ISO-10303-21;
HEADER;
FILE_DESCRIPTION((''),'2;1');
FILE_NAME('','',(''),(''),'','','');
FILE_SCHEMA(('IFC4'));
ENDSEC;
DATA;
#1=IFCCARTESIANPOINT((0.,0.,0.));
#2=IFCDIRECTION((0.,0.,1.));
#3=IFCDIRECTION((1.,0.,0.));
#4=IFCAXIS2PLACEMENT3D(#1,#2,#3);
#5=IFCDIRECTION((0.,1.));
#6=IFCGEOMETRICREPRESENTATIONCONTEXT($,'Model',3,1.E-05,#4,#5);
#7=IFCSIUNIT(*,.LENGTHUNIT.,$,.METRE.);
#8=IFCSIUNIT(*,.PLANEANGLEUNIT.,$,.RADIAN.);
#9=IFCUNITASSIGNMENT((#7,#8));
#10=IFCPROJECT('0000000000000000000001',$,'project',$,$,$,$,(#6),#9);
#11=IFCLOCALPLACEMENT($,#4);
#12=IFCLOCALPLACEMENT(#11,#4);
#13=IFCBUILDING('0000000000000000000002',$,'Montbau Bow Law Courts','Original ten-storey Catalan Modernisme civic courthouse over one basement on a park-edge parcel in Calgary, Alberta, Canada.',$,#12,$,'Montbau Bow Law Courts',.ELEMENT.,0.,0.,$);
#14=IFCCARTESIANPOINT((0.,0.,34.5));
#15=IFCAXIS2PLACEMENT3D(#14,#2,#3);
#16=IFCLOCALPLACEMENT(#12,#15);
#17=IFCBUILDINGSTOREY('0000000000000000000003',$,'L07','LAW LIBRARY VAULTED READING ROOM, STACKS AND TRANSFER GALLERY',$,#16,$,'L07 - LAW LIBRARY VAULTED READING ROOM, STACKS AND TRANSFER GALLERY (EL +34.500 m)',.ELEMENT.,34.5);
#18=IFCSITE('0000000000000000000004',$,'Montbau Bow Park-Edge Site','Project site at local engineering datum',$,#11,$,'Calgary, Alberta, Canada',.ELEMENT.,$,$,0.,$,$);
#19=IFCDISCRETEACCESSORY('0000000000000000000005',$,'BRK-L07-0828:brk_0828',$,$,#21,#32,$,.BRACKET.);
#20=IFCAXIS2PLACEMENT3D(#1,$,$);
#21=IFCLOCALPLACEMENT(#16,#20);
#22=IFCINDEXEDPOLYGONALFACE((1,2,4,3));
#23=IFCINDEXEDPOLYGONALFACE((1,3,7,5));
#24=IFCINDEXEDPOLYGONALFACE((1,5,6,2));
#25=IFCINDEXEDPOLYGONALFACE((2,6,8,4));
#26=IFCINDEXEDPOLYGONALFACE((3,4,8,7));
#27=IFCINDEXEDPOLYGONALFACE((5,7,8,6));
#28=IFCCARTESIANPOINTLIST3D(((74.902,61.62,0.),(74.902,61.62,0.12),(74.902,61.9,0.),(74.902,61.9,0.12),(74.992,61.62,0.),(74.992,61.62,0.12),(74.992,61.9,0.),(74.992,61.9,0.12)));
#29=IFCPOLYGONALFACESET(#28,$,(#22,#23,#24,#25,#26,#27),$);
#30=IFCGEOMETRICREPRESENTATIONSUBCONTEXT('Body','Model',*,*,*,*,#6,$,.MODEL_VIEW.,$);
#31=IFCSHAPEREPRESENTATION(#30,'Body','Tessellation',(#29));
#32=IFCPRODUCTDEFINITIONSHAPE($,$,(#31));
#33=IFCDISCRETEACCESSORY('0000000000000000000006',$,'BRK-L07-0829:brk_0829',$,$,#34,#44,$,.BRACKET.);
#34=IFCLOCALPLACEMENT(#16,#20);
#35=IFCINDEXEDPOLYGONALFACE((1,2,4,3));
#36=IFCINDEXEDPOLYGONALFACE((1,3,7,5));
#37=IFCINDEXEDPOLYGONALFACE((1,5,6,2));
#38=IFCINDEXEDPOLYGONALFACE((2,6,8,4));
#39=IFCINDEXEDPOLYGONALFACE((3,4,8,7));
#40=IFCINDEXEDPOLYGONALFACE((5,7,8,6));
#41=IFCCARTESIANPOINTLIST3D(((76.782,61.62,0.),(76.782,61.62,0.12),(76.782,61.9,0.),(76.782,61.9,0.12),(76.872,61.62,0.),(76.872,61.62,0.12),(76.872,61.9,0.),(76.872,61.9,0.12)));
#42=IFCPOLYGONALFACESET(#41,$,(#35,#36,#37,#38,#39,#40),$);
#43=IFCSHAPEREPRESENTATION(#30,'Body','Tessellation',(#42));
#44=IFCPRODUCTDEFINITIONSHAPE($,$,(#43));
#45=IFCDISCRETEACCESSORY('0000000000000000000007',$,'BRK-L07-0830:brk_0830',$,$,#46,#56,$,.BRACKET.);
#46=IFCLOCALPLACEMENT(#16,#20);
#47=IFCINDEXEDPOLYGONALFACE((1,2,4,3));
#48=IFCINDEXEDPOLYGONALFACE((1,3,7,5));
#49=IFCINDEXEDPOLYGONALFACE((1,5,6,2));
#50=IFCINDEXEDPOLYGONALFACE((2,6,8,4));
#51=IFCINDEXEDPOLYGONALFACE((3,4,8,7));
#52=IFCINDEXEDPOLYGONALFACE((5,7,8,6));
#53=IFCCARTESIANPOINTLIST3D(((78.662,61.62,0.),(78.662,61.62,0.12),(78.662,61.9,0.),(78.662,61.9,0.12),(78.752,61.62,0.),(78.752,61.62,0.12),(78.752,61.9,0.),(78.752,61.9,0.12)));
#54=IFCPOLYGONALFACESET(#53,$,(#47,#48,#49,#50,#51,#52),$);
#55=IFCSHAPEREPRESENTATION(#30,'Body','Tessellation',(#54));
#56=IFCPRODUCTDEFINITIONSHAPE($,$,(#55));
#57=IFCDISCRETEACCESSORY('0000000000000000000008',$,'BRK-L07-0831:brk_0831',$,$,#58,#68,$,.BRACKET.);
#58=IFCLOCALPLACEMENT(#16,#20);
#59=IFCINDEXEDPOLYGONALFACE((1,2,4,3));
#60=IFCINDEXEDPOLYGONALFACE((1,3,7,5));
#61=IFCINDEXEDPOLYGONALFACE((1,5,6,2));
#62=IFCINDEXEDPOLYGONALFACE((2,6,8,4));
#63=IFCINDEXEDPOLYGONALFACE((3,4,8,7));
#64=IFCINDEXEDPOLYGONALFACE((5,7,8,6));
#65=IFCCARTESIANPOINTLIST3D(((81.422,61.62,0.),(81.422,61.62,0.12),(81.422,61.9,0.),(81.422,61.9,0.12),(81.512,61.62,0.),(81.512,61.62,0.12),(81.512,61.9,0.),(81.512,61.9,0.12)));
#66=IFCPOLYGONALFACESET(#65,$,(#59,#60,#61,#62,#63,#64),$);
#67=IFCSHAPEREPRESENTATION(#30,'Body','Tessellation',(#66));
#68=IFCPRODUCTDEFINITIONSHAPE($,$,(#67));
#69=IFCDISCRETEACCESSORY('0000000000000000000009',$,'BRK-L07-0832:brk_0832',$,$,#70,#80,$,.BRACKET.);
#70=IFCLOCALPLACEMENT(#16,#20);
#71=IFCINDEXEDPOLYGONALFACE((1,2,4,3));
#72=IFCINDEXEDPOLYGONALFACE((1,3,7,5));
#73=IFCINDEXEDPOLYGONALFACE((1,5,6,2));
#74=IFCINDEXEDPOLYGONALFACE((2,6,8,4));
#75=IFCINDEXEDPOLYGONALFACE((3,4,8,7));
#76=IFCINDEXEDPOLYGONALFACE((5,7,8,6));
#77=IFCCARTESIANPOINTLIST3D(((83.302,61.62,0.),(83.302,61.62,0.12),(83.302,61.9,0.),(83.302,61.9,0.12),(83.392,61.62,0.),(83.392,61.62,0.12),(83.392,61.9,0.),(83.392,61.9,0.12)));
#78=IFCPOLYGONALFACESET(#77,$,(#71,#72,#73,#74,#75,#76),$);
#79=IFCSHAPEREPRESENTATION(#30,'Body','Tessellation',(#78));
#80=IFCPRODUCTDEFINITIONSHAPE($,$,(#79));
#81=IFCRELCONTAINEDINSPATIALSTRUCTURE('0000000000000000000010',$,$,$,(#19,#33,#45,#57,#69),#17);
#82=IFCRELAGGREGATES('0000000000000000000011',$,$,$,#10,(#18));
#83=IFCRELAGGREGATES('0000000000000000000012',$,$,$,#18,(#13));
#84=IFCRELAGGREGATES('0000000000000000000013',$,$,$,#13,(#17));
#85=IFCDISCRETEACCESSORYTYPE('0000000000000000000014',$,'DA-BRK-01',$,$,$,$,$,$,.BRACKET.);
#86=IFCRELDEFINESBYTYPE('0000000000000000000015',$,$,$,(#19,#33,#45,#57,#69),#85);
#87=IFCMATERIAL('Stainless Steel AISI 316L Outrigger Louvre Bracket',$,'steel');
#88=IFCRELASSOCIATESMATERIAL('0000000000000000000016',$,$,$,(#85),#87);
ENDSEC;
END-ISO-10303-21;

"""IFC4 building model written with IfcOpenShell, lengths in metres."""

from ifc_helpers import new_model, si_unit, direction, frame, origin_with_axes, origin_2d_with_axis, place, context, subcontext, project, spatial, rectangle, extrude, material, type_object, element, save


model = new_model("IFC4")

# Units and contexts
model_context = context("Model", 3, precision=1e-05, world=origin_with_axes(), true_north=direction((0.0, 1.0)))
body_context = subcontext(model_context, "Body", "Model", "MODEL_VIEW")
ifc_project = project(units=[si_unit("LENGTHUNIT", "METRE"), si_unit("PLANEANGLEUNIT", "RADIAN")], contexts=[model_context])

# Site, building, storey
site_placement = place(None, origin_with_axes())
site = spatial("IfcSite", under=ifc_project, at=site_placement, Name="Montbau Bow Park-Edge Site", Description="Project site at local engineering datum", LongName="Calgary, Alberta, Canada", CompositionType="ELEMENT", RefElevation=0.0)
building_placement = place(site_placement, origin_with_axes())
building = spatial("IfcBuilding", under=site, at=building_placement, Name="Montbau Bow Law Courts", Description="Original ten-storey Catalan Modernisme civic courthouse over one basement on a park-edge parcel in Calgary, Alberta, Canada.", LongName="Montbau Bow Law Courts", CompositionType="ELEMENT", ElevationOfRefHeight=0.0, ElevationOfTerrain=0.0)
storey_placement = place(building_placement, frame((0.0, 0.0, 34.5), z_axis=(0.0, 0.0, 1.0), x_axis=(1.0, 0.0, 0.0)))
storey = spatial("IfcBuildingStorey", under=building, at=storey_placement, Name="L07", Description="LAW LIBRARY VAULTED READING ROOM, STACKS AND TRANSFER GALLERY", LongName="L07 - LAW LIBRARY VAULTED READING ROOM, STACKS AND TRANSFER GALLERY (EL +34.500 m)", CompositionType="ELEMENT", Elevation=34.5)

# Discrete accessories
ifc_material_1 = material(Name="Stainless Steel AISI 316L Outrigger Louvre Bracket", Category="steel")
discrete_accessory_type = type_object("IfcDiscreteAccessoryType", Name="DA-BRK-01", PredefinedType="BRACKET", material=ifc_material_1)
for number, where, z_axis, x_axis, name in (
    (1, (74.947, 61.76, 34.5), (0.0, 0.0, 1.0), (0.0, 1.0, 0.0), "BRK-L07-0828:brk_0828"),
    (2, (76.827, 61.76, 34.5), (0.0, 0.0, 1.0), (0.0, 1.0, 0.0), "BRK-L07-0829:brk_0829"),
    (3, (78.707, 61.76, 34.5), (0.0, 0.0, 1.0), (0.0, 1.0, 0.0), "BRK-L07-0830:brk_0830"),
    (4, (81.467, 61.76, 34.5), (0.0, 0.0, 1.0), (0.0, 1.0, 0.0), "BRK-L07-0831:brk_0831"),
    (5, (83.347, 61.76, 34.5), (0.0, 0.0, 1.0), (0.0, 1.0, 0.0), "BRK-L07-0832:brk_0832"),
):
    element("IfcDiscreteAccessory", number, at=place(None, frame(where, z_axis=z_axis, x_axis=x_axis)), inside=storey, type_object=discrete_accessory_type, Name=name, PredefinedType="BRACKET", context=body_context, shape_type="SweptSolid", body=[
        extrude(rectangle(XDim=0.28, YDim=0.09, at=origin_2d_with_axis()), origin_with_axes(), (0.0, 0.0, 1.0), 0.12),
    ])

save(model, "model.ifc")
